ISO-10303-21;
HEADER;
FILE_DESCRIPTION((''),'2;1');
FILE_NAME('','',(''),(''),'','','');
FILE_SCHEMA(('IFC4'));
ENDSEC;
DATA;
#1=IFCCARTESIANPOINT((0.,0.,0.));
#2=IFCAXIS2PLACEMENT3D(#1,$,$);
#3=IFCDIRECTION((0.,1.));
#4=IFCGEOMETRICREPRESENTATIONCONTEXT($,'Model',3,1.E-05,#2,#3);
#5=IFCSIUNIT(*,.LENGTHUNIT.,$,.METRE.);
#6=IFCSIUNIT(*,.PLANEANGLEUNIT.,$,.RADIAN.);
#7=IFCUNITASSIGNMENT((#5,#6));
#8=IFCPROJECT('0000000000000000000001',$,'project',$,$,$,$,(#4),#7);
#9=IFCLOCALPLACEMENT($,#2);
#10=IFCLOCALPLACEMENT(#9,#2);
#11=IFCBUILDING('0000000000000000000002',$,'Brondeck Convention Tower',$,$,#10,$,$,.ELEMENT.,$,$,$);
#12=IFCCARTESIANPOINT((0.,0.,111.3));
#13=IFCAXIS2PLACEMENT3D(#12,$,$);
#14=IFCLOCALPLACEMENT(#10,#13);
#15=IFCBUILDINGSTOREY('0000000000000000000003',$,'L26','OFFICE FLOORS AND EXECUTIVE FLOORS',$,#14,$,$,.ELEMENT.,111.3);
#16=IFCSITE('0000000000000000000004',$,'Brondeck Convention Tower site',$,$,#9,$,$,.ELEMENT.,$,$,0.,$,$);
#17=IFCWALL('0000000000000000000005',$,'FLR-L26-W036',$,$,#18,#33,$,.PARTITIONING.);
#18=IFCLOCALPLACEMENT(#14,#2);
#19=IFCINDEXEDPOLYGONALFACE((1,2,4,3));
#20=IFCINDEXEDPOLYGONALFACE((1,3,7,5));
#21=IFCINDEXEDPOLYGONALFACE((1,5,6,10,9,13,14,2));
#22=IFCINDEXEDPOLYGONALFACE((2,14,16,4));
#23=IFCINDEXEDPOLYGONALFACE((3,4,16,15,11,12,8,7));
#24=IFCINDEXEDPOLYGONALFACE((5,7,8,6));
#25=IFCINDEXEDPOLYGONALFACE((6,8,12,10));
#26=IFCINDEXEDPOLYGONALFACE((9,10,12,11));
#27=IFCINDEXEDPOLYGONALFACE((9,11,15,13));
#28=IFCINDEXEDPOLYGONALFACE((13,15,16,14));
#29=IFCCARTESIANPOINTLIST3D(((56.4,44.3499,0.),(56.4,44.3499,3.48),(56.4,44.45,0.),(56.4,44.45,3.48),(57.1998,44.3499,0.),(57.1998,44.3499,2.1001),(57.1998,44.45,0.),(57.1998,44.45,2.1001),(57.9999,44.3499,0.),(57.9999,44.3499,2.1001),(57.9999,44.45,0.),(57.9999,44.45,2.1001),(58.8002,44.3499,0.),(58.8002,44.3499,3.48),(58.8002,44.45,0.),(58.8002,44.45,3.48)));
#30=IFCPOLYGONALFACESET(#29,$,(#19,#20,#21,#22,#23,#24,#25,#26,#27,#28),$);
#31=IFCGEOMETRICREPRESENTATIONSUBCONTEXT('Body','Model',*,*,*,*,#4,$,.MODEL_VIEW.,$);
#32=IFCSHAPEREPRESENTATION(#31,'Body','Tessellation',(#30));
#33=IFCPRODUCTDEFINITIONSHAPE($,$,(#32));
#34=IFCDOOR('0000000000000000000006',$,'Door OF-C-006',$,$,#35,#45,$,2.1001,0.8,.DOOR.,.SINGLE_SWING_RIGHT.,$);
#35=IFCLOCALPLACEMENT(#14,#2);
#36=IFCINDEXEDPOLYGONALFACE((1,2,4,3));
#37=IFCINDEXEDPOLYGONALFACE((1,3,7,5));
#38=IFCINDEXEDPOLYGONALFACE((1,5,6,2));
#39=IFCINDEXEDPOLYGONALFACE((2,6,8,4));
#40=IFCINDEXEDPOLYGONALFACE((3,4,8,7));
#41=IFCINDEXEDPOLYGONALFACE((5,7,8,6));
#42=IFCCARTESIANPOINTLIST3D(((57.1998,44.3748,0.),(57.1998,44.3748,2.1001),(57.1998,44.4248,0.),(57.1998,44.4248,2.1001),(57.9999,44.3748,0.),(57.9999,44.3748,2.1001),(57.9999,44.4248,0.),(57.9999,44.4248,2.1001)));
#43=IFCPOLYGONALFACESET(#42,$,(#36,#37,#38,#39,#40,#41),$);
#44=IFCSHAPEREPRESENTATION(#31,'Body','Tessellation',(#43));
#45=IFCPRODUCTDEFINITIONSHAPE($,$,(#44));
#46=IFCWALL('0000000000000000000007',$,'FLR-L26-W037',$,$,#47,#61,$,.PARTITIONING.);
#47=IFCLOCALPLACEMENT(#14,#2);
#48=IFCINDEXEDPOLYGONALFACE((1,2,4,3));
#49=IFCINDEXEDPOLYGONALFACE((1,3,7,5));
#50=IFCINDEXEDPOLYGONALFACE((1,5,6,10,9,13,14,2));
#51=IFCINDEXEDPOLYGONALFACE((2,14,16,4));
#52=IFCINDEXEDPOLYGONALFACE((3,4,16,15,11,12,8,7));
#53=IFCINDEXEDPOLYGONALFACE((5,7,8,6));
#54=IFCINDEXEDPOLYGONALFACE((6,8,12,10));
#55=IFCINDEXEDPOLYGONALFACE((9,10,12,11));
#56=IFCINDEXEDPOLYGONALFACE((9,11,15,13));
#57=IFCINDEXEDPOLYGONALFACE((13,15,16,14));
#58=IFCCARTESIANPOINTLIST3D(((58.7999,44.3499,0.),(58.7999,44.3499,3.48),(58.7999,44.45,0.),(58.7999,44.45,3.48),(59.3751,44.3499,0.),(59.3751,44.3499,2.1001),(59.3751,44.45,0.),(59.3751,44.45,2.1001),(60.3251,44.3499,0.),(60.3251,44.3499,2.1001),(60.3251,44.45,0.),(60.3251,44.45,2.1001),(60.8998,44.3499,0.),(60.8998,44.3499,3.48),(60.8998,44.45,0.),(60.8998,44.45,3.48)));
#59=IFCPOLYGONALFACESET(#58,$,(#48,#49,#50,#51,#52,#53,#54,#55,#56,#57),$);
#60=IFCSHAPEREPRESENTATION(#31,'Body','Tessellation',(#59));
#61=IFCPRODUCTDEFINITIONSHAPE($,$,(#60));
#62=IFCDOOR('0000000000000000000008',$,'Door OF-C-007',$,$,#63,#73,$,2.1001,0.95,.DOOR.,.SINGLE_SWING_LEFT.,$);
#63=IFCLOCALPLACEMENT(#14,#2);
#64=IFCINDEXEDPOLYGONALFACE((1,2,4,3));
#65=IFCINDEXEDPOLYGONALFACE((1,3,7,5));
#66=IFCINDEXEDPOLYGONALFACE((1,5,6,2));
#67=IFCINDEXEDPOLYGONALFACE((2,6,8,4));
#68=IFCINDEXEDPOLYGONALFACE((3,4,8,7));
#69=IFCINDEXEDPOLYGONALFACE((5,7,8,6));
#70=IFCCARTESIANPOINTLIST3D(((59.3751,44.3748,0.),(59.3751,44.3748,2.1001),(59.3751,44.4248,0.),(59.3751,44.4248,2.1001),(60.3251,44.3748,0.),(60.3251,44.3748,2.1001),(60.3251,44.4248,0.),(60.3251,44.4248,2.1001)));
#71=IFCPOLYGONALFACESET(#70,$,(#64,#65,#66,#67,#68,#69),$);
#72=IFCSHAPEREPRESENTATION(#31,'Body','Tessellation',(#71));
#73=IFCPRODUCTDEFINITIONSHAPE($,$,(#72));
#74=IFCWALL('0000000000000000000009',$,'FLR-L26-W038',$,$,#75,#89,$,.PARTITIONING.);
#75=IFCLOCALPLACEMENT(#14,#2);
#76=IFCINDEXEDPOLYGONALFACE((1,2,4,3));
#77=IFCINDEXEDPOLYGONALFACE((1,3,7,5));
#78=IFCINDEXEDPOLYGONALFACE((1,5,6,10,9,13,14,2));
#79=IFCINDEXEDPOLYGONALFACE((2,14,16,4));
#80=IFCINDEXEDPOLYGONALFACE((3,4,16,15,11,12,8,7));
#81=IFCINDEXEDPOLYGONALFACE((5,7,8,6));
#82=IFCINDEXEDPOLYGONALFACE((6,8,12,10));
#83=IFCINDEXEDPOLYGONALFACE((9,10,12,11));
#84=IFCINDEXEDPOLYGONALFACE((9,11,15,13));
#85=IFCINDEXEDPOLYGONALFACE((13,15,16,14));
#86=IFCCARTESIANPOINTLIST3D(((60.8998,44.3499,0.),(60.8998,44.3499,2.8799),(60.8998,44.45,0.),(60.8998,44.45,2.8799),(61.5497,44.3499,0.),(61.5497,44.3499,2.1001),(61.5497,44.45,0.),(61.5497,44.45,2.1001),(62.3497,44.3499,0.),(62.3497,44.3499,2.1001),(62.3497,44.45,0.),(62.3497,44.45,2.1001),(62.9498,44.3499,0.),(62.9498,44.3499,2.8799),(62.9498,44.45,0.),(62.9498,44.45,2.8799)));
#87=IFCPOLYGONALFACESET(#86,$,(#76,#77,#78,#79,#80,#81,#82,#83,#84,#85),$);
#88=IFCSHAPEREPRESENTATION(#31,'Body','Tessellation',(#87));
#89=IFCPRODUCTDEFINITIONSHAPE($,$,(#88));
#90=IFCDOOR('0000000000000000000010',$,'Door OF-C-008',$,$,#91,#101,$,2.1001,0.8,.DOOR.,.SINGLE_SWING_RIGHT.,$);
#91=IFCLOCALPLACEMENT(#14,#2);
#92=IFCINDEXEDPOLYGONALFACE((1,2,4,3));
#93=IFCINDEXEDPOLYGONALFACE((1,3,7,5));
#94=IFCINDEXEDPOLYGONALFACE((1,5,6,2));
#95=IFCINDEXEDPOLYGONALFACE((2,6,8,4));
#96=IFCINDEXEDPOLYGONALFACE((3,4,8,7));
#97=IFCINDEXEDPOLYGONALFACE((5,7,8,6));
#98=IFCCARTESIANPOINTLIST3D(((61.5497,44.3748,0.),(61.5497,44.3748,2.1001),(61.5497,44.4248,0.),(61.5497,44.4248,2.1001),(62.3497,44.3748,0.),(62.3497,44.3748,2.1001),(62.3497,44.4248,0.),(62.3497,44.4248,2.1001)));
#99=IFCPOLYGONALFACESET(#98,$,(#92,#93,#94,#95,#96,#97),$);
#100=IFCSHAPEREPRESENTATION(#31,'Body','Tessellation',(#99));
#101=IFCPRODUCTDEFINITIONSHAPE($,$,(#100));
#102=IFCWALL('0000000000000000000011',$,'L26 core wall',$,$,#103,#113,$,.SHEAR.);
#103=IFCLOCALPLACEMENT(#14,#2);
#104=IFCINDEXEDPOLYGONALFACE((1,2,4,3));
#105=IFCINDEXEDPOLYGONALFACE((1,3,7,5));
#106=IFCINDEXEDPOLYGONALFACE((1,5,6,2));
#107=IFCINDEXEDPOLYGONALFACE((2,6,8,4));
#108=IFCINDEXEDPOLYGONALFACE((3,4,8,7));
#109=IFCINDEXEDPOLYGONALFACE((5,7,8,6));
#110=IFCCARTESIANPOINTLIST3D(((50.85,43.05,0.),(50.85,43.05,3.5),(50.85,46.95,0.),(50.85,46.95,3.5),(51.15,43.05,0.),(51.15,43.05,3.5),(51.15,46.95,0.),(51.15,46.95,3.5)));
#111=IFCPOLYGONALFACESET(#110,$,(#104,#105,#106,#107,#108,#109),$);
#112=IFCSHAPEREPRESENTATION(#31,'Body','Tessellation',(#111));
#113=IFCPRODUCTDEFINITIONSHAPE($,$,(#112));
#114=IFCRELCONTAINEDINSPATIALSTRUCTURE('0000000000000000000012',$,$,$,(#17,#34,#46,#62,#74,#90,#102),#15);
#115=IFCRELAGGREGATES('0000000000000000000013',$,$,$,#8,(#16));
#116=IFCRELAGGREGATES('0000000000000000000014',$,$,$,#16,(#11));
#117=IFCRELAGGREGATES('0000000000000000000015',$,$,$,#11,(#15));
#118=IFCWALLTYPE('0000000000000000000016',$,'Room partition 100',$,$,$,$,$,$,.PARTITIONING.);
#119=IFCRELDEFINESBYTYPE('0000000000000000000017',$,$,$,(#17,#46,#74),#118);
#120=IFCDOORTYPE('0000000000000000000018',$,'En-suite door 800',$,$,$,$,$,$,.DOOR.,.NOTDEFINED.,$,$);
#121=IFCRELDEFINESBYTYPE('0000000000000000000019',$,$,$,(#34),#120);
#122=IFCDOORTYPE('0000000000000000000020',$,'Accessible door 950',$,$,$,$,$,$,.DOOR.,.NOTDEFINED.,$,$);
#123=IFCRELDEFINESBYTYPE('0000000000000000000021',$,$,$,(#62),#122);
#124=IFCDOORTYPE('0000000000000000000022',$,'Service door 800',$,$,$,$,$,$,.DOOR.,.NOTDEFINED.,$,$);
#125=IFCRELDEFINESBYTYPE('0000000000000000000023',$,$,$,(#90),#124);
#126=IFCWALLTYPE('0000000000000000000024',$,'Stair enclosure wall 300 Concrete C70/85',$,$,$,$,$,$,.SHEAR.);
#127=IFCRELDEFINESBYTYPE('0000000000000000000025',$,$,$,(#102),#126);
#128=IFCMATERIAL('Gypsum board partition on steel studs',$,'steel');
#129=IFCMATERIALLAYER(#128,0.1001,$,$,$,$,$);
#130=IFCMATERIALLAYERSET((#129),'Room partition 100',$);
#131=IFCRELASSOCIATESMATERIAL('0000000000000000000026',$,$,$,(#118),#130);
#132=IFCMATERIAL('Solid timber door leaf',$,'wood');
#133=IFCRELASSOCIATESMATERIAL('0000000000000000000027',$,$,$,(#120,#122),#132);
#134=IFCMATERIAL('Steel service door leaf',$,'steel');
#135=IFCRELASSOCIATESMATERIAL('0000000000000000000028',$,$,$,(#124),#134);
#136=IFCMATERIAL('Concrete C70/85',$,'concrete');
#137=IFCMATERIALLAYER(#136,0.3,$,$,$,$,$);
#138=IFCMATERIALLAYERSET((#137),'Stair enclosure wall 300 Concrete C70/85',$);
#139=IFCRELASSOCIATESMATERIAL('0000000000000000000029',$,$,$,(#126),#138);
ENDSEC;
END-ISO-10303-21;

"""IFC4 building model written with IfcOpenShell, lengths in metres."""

from ifc_helpers import new_model, si_unit, direction, frame, frame_2d, origin, place, context, subcontext, project, spatial, rectangle, extrude, material, layer, layer_set, type_object, element, fill, save


model = new_model("IFC4")

# Units and contexts
model_context = context("Model", 3, precision=1e-05, world=origin(), true_north=direction((0.0, 1.0)))
body_context = subcontext(model_context, "Body", "Model", "MODEL_VIEW")
ifc_project = project(units=[si_unit("LENGTHUNIT", "METRE"), si_unit("PLANEANGLEUNIT", "RADIAN")], contexts=[model_context])

# Site, building, storey
site_placement = place(None, origin())
site = spatial("IfcSite", under=ifc_project, at=site_placement, Name="Brondeck Convention Tower site", CompositionType="ELEMENT", RefElevation=0.0)
building_placement = place(site_placement, origin())
building = spatial("IfcBuilding", under=site, at=building_placement, Name="Brondeck Convention Tower", CompositionType="ELEMENT")
storey_placement = place(building_placement, frame((0.0, 0.0, 111.3)))
storey = spatial("IfcBuildingStorey", under=building, at=storey_placement, Name="L26", Description="OFFICE FLOORS AND EXECUTIVE FLOORS", CompositionType="ELEMENT", Elevation=111.3)

# Shared definitions
ifc_material_1 = material(Name="Concrete C70/85", Category="concrete")

# Shared definitions
ifc_material_2 = material(Name="Gypsum board partition on steel studs", Category="steel")
ifc_layer_1 = layer(ifc_material_2, 0.1001)
ifc_layer_set_1 = layer_set([ifc_layer_1], Name="Room partition 100")
wall_type_1 = type_object("IfcWallType", Name="Room partition 100", PredefinedType="PARTITIONING", material=ifc_layer_set_1)
ifc_material_3 = material(Name="Solid timber door leaf", Category="wood")

# Walls, openings, doors
wall_1_placement = place(storey_placement, frame((56.3999, 44.3999, 0.0), z_axis=(0.0, 0.0, 1.0), x_axis=(1.0, 0.0, 0.0)))
wall_1 = element("IfcWall", 1, at=wall_1_placement, inside=storey, type_object=wall_type_1, Name="FLR-L26-W036", PredefinedType="PARTITIONING", context=body_context, shape_type="SweptSolid", body=[
    extrude(rectangle(XDim=2.4001, YDim=0.1001, at=frame_2d((1.2002, 0.0))), origin(), (0.0, 0.0, 1.0), 3.48),
])
opening_1_placement = place(wall_1_placement, frame((0.8, 0.0, 0.0)))
opening_1 = element("IfcOpeningElement", 2, at=opening_1_placement, cuts=wall_1, PredefinedType="OPENING", context=body_context, shape_type="SweptSolid", body=[
    extrude(rectangle(XDim=0.8, YDim=2.1001, at=frame_2d((0.3999, 1.05))), frame((0.0, 0.0601, 0.0), z_axis=(0.0, -1.0, 0.0), x_axis=(1.0, 0.0, 0.0)), (0.0, 0.0, 1.0), 0.1201),
])
door_type_1 = type_object("IfcDoorType", Name="En-suite door 800", OperationType="NOTDEFINED", PredefinedType="DOOR", material=ifc_material_3)
door_1_placement = place(opening_1_placement, origin())
door_1 = element("IfcDoor", 3, at=door_1_placement, inside=storey, type_object=door_type_1, Name="Door OF-C-006", OperationType="SINGLE_SWING_RIGHT", OverallHeight=2.1001, OverallWidth=0.8, PredefinedType="DOOR", context=body_context, shape_type="SweptSolid", body=[
    extrude(rectangle(XDim=0.8, YDim=2.1001, at=frame_2d((0.3999, 1.05))), frame((0.0, 0.0249, 0.0), z_axis=(0.0, -1.0, 0.0), x_axis=(1.0, 0.0, 0.0)), (0.0, 0.0, 1.0), 0.05),
])
fill(opening_1, door_1)
wall_2_placement = place(storey_placement, frame((58.8, 44.3999, 0.0), z_axis=(0.0, 0.0, 1.0), x_axis=(1.0, 0.0, 0.0)))
wall_2 = element("IfcWall", 4, at=wall_2_placement, inside=storey, type_object=wall_type_1, Name="FLR-L26-W037", PredefinedType="PARTITIONING", context=body_context, shape_type="SweptSolid", body=[
    extrude(rectangle(XDim=2.0999, YDim=0.1001, at=frame_2d((1.0498, 0.0))), origin(), (0.0, 0.0, 1.0), 3.48),
])
opening_2_placement = place(wall_2_placement, frame((0.575, 0.0, 0.0)))
opening_2 = element("IfcOpeningElement", 5, at=opening_2_placement, cuts=wall_2, PredefinedType="OPENING", context=body_context, shape_type="SweptSolid", body=[
    extrude(rectangle(XDim=0.95, YDim=2.1001, at=frame_2d((0.4751, 1.05))), frame((0.0, 0.0601, 0.0), z_axis=(0.0, -1.0, 0.0), x_axis=(1.0, 0.0, 0.0)), (0.0, 0.0, 1.0), 0.1201),
])
door_type_2 = type_object("IfcDoorType", Name="Accessible door 950", OperationType="NOTDEFINED", PredefinedType="DOOR", material=ifc_material_3)
door_2_placement = place(opening_2_placement, origin())
door_2 = element("IfcDoor", 6, at=door_2_placement, inside=storey, type_object=door_type_2, Name="Door OF-C-007", OperationType="SINGLE_SWING_LEFT", OverallHeight=2.1001, OverallWidth=0.95, PredefinedType="DOOR", context=body_context, shape_type="SweptSolid", body=[
    extrude(rectangle(XDim=0.95, YDim=2.1001, at=frame_2d((0.4751, 1.05))), frame((0.0, 0.0249, 0.0), z_axis=(0.0, -1.0, 0.0), x_axis=(1.0, 0.0, 0.0)), (0.0, 0.0, 1.0), 0.05),
])
fill(opening_2, door_2)
wall_3_placement = place(storey_placement, frame((60.8999, 44.3999, 0.0), z_axis=(0.0, 0.0, 1.0), x_axis=(1.0, 0.0, 0.0)))
wall_3 = element("IfcWall", 7, at=wall_3_placement, inside=storey, type_object=wall_type_1, Name="FLR-L26-W038", PredefinedType="PARTITIONING", context=body_context, shape_type="SweptSolid", body=[
    extrude(rectangle(XDim=2.05, YDim=0.1001, at=frame_2d((1.0249, 0.0))), origin(), (0.0, 0.0, 1.0), 2.8799),
])
opening_3_placement = place(wall_3_placement, frame((0.6499, 0.0, 0.0)))
opening_3 = element("IfcOpeningElement", 8, at=opening_3_placement, cuts=wall_3, PredefinedType="OPENING", context=body_context, shape_type="SweptSolid", body=[
    extrude(rectangle(XDim=0.8, YDim=2.1001, at=frame_2d((0.3999, 1.05))), frame((0.0, 0.0601, 0.0), z_axis=(0.0, -1.0, 0.0), x_axis=(1.0, 0.0, 0.0)), (0.0, 0.0, 1.0), 0.1201),
])
ifc_material_4 = material(Name="Steel service door leaf", Category="steel")
door_type_3 = type_object("IfcDoorType", Name="Service door 800", OperationType="NOTDEFINED", PredefinedType="DOOR", material=ifc_material_4)
door_3_placement = place(opening_3_placement, origin())
door_3 = element("IfcDoor", 9, at=door_3_placement, inside=storey, type_object=door_type_3, Name="Door OF-C-008", OperationType="SINGLE_SWING_RIGHT", OverallHeight=2.1001, OverallWidth=0.8, PredefinedType="DOOR", context=body_context, shape_type="SweptSolid", body=[
    extrude(rectangle(XDim=0.8, YDim=2.1001, at=frame_2d((0.3999, 1.05))), frame((0.0, 0.0249, 0.0), z_axis=(0.0, -1.0, 0.0), x_axis=(1.0, 0.0, 0.0)), (0.0, 0.0, 1.0), 0.05),
])
fill(opening_3, door_3)

# Wall
ifc_layer_2 = layer(ifc_material_1, 0.3)
ifc_layer_set_2 = layer_set([ifc_layer_2], Name="Stair enclosure wall 300 Concrete C70/85")
wall_type_2 = type_object("IfcWallType", Name="Stair enclosure wall 300 Concrete C70/85", PredefinedType="SHEAR", material=ifc_layer_set_2)
wall_4_placement = place(storey_placement, frame((51.0, 43.05, 0.0), z_axis=(0.0, 0.0, 1.0), x_axis=(0.0, 1.0, 0.0)))
element("IfcWall", 10, at=wall_4_placement, inside=storey, type_object=wall_type_2, Name="L26 core wall", PredefinedType="SHEAR", context=body_context, shape_type="SweptSolid", body=[
    extrude(rectangle(XDim=3.8999, YDim=0.3, at=frame_2d((1.95, 0.0))), origin(), (0.0, 0.0, 1.0), 3.5),
])

save(model, "model.ifc")
